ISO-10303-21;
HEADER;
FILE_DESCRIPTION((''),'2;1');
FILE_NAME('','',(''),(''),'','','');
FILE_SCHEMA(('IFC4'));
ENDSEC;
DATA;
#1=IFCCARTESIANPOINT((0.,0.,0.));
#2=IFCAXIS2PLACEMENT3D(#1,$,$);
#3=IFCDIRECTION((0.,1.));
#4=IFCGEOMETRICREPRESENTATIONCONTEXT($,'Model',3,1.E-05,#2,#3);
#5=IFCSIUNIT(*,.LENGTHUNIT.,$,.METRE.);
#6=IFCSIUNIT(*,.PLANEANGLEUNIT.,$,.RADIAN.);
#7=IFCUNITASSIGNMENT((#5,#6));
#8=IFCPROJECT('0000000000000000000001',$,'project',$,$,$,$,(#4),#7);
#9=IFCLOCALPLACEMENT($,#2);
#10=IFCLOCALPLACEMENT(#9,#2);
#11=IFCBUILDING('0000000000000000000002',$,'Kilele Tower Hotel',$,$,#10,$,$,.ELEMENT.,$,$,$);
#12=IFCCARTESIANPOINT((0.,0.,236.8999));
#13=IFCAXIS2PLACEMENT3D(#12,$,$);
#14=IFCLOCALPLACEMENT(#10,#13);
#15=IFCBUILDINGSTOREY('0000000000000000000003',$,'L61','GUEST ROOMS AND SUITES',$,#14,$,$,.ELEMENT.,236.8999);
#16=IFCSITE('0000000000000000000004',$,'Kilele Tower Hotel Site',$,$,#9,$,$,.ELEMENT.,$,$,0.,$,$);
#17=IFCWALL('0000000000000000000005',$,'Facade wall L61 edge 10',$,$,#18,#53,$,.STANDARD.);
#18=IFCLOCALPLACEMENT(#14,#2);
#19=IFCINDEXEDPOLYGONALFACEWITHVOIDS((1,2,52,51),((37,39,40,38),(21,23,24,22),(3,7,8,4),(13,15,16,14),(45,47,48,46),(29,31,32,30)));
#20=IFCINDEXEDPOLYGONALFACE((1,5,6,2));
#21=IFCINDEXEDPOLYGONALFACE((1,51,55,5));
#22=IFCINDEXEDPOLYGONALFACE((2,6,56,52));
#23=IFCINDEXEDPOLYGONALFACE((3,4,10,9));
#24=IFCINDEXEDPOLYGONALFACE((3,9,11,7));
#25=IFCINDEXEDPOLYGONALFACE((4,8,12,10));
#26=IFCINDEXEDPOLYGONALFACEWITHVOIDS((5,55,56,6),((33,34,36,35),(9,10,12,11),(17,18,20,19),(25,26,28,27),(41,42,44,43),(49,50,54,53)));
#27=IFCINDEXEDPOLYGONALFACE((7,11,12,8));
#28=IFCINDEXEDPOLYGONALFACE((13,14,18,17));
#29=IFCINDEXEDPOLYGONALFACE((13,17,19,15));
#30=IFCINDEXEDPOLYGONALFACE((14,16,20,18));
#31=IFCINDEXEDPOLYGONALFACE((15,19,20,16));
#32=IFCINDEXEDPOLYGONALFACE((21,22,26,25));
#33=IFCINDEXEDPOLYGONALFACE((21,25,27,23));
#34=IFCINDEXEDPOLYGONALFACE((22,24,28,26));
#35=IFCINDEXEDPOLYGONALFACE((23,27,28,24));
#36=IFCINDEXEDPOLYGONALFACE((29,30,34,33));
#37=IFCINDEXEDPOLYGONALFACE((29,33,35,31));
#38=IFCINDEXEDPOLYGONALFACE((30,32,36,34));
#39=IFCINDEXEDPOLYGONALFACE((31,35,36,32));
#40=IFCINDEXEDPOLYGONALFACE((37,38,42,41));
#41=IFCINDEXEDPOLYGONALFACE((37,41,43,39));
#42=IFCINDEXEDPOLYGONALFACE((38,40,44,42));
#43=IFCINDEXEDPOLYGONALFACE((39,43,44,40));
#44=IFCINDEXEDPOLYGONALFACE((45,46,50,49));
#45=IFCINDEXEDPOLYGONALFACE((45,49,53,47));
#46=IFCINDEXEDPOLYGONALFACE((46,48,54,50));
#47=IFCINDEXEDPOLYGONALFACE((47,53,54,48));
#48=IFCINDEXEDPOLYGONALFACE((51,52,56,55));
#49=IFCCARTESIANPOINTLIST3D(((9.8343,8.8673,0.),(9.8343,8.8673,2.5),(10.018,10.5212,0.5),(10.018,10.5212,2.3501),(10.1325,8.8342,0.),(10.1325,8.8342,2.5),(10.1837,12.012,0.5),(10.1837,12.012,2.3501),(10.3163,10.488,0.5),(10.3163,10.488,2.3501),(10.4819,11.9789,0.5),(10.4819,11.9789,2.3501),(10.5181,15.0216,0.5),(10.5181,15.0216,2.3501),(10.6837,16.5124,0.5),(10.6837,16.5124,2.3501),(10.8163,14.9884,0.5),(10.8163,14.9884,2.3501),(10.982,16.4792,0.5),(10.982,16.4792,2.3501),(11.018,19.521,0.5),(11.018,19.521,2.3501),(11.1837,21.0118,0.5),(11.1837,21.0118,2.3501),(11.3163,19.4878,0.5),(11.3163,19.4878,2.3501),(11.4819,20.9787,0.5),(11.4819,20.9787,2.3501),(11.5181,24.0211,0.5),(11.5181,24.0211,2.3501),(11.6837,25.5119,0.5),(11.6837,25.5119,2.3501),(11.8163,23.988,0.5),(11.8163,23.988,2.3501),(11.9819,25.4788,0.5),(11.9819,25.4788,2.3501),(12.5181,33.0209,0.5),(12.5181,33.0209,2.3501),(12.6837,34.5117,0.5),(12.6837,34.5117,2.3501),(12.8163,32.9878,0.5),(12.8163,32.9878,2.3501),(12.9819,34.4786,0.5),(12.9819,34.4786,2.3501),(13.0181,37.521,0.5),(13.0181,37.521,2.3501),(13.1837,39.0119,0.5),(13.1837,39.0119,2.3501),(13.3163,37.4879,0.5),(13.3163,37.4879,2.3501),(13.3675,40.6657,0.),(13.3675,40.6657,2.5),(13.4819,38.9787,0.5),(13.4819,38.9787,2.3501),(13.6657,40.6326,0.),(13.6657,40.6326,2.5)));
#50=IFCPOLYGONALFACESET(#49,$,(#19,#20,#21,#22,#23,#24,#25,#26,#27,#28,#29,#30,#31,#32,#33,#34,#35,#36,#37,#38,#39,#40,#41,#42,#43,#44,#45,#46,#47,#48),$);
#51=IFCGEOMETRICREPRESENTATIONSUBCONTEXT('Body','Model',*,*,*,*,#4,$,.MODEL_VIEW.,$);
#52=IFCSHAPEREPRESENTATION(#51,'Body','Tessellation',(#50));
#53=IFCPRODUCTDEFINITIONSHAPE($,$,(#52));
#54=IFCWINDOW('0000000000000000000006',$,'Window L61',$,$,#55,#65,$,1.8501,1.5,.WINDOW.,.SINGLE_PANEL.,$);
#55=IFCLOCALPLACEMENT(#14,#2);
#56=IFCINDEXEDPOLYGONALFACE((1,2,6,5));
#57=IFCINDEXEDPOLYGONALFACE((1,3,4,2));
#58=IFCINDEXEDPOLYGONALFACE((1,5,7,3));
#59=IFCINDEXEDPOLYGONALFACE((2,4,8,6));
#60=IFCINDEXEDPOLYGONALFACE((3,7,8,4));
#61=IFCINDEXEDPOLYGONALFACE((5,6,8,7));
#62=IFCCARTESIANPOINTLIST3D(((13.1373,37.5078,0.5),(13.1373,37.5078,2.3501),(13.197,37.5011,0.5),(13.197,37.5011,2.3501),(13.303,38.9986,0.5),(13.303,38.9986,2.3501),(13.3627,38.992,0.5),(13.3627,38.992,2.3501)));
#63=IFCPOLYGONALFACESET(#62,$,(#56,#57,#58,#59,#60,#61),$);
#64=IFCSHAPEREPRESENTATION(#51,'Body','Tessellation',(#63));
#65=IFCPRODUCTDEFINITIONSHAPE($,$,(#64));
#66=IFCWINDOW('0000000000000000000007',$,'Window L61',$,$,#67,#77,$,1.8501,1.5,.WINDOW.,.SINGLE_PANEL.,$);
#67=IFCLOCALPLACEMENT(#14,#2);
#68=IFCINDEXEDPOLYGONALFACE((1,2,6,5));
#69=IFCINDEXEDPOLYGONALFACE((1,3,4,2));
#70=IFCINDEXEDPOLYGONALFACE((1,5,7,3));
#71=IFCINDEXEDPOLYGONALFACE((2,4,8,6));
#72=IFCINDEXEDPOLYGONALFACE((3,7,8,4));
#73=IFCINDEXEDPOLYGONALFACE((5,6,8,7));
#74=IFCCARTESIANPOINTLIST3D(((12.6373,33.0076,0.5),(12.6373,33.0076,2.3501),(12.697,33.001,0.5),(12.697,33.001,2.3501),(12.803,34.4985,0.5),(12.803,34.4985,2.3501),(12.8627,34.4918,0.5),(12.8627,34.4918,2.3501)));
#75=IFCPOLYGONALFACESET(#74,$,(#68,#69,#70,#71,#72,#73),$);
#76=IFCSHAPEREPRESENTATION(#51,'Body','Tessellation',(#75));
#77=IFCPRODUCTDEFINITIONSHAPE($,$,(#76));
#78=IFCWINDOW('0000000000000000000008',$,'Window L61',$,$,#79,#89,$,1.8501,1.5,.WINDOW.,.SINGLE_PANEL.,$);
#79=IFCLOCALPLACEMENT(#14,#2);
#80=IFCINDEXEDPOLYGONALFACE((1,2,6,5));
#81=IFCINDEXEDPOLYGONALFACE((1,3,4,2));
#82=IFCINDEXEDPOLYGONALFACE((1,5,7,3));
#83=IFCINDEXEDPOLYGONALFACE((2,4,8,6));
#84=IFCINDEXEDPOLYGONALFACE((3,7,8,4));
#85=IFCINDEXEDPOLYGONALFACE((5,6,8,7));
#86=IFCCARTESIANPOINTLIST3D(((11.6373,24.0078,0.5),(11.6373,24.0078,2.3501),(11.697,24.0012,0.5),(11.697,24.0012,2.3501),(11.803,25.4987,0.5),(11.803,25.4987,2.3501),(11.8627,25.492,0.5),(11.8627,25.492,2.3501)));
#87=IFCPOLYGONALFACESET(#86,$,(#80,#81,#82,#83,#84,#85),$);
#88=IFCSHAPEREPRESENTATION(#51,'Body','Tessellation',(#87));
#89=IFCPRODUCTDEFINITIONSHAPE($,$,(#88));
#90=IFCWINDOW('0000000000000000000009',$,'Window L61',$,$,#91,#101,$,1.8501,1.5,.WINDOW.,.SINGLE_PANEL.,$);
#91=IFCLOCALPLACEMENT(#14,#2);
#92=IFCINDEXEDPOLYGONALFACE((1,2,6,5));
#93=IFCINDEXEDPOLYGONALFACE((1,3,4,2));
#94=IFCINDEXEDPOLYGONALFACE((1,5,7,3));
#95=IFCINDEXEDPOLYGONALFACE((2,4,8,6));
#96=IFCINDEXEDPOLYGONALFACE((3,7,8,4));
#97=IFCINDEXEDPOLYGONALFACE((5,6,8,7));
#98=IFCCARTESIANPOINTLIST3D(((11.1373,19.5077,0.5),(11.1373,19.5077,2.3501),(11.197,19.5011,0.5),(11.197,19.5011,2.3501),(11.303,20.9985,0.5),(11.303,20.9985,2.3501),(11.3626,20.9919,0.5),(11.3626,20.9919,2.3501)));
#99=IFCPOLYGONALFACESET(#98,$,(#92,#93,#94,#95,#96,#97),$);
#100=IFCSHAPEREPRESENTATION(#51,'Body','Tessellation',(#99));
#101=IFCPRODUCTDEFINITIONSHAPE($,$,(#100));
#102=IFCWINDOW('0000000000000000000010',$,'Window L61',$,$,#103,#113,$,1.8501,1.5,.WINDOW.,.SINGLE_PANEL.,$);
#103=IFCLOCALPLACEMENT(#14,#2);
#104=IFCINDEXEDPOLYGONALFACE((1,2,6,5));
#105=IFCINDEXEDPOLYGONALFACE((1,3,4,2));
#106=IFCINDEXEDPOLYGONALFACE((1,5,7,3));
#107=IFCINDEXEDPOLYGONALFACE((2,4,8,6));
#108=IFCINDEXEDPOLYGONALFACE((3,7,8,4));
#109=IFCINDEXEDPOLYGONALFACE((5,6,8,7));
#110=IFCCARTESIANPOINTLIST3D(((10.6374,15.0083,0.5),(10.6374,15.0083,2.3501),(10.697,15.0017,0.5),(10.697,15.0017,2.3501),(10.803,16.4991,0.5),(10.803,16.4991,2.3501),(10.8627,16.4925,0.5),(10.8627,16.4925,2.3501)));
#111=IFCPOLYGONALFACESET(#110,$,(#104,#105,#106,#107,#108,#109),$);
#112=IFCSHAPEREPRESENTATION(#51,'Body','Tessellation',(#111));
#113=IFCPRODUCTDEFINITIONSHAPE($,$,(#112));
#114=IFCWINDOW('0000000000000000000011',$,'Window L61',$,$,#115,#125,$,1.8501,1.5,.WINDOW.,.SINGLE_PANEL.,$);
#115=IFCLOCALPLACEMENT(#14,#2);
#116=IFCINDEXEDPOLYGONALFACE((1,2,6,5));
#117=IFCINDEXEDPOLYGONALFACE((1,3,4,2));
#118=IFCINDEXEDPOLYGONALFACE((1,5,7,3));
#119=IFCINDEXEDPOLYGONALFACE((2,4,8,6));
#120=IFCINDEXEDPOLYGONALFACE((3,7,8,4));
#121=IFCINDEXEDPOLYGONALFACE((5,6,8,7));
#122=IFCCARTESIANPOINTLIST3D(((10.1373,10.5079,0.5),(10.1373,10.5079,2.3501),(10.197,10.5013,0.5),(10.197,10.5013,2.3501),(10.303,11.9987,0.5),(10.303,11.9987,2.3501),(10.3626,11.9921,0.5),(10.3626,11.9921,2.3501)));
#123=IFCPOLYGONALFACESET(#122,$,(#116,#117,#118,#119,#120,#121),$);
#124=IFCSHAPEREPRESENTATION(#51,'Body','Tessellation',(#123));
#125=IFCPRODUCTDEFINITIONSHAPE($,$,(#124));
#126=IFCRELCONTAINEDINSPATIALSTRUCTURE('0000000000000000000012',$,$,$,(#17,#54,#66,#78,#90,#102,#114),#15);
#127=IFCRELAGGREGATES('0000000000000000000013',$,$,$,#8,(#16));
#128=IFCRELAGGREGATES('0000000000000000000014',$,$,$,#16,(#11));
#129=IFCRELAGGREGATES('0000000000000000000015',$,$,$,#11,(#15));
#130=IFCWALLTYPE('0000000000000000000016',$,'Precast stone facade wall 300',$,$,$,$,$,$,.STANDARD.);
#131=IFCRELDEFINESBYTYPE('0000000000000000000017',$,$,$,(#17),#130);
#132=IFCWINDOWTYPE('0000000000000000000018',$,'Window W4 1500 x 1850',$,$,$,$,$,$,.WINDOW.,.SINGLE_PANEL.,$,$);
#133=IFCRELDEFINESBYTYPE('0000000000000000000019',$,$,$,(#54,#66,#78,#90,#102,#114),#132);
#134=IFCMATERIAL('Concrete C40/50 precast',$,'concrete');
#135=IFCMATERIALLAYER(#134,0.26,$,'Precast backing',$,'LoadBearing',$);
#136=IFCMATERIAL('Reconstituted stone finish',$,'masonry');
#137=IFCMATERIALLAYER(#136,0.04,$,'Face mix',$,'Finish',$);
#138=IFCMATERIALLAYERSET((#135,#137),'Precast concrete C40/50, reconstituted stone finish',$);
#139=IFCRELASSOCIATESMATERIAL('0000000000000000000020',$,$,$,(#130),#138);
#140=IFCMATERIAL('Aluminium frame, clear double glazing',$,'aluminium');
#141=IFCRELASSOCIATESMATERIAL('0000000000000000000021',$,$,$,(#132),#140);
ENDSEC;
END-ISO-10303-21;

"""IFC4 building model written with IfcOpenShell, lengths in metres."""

from ifc_helpers import new_model, si_unit, direction, frame, frame_2d, origin, place, context, subcontext, project, spatial, rectangle, extrude, material, layer, layer_set, type_object, element, fill, save


model = new_model("IFC4")

# Units and contexts
model_context = context("Model", 3, precision=1e-05, world=origin(), true_north=direction((0.0, 1.0)))
body_context = subcontext(model_context, "Body", "Model", "MODEL_VIEW")
ifc_project = project(units=[si_unit("LENGTHUNIT", "METRE"), si_unit("PLANEANGLEUNIT", "RADIAN")], contexts=[model_context])

# Site, building, storey
site_placement = place(None, origin())
site = spatial("IfcSite", under=ifc_project, at=site_placement, Name="Kilele Tower Hotel Site", CompositionType="ELEMENT", RefElevation=0.0)
building_placement = place(site_placement, origin())
building = spatial("IfcBuilding", under=site, at=building_placement, Name="Kilele Tower Hotel", CompositionType="ELEMENT")
storey_placement = place(building_placement, frame((0.0, 0.0, 236.8999)))
storey = spatial("IfcBuildingStorey", under=building, at=storey_placement, Name="L61", Description="GUEST ROOMS AND SUITES", CompositionType="ELEMENT", Elevation=236.8999)

# Wall, openings, windows
ifc_material_1 = material(Name="Concrete C40/50 precast", Category="concrete")
ifc_layer_1 = layer(ifc_material_1, 0.26, Name="Precast backing", Category="LoadBearing")
ifc_material_2 = material(Name="Reconstituted stone finish", Category="masonry")
ifc_layer_2 = layer(ifc_material_2, 0.04, Name="Face mix", Category="Finish")
ifc_layer_set_1 = layer_set([ifc_layer_1, ifc_layer_2], Name="Precast concrete C40/50, reconstituted stone finish")
wall_type_1 = type_object("IfcWallType", Name="Precast stone facade wall 300", PredefinedType="STANDARD", material=ifc_layer_set_1)
wall_1_placement = place(storey_placement, frame((13.5166, 40.6492, 0.0), z_axis=(0.0, 0.0, 1.0), x_axis=(-0.110433, -0.993884, 0.0)))
wall_1 = element("IfcWall", 1, at=wall_1_placement, inside=storey, type_object=wall_type_1, Name="Facade wall L61 edge 10", PredefinedType="STANDARD", context=body_context, shape_type="SweptSolid", body=[
    extrude(rectangle(XDim=31.9941, YDim=0.3, at=frame_2d((15.9971, 0.0))), origin(), (0.0, 0.0, 1.0), 2.5),
])
opening_1_placement = place(wall_1_placement, frame((1.6641, 0.0, 0.5)))
opening_1 = element("IfcOpeningElement", 2, at=opening_1_placement, cuts=wall_1, PredefinedType="OPENING", context=body_context, shape_type="SweptSolid", body=[
    extrude(rectangle(XDim=1.5, YDim=1.8501, at=frame_2d((0.75, 0.925))), frame((0.0, 0.1599, 0.0), z_axis=(0.0, -1.0, 0.0), x_axis=(1.0, 0.0, 0.0)), (0.0, 0.0, 1.0), 0.3201),
])
opening_2_placement = place(wall_1_placement, frame((6.1919, 0.0, 0.5)))
opening_2 = element("IfcOpeningElement", 3, at=opening_2_placement, cuts=wall_1, PredefinedType="OPENING", context=body_context, shape_type="SweptSolid", body=[
    extrude(rectangle(XDim=1.5, YDim=1.8501, at=frame_2d((0.75, 0.925))), frame((0.0, 0.1599, 0.0), z_axis=(0.0, -1.0, 0.0), x_axis=(1.0, 0.0, 0.0)), (0.0, 0.0, 1.0), 0.3201),
])
opening_3_placement = place(wall_1_placement, frame((15.2471, 0.0, 0.5)))
opening_3 = element("IfcOpeningElement", 4, at=opening_3_placement, cuts=wall_1, PredefinedType="OPENING", context=body_context, shape_type="SweptSolid", body=[
    extrude(rectangle(XDim=1.5, YDim=1.8501, at=frame_2d((0.75, 0.925))), frame((0.0, 0.1599, 0.0), z_axis=(0.0, -1.0, 0.0), x_axis=(1.0, 0.0, 0.0)), (0.0, 0.0, 1.0), 0.3201),
])
opening_4_placement = place(wall_1_placement, frame((19.7749, 0.0, 0.5)))
opening_4 = element("IfcOpeningElement", 5, at=opening_4_placement, cuts=wall_1, PredefinedType="OPENING", context=body_context, shape_type="SweptSolid", body=[
    extrude(rectangle(XDim=1.5, YDim=1.8501, at=frame_2d((0.75, 0.925))), frame((0.0, 0.1599, 0.0), z_axis=(0.0, -1.0, 0.0), x_axis=(1.0, 0.0, 0.0)), (0.0, 0.0, 1.0), 0.3201),
])
opening_5_placement = place(wall_1_placement, frame((24.302, 0.0, 0.5)))
opening_5 = element("IfcOpeningElement", 6, at=opening_5_placement, cuts=wall_1, PredefinedType="OPENING", context=body_context, shape_type="SweptSolid", body=[
    extrude(rectangle(XDim=1.5, YDim=1.8501, at=frame_2d((0.75, 0.925))), frame((0.0, 0.1599, 0.0), z_axis=(0.0, -1.0, 0.0), x_axis=(1.0, 0.0, 0.0)), (0.0, 0.0, 1.0), 0.3201),
])
opening_6_placement = place(wall_1_placement, frame((28.8301, 0.0, 0.5)))
opening_6 = element("IfcOpeningElement", 7, at=opening_6_placement, cuts=wall_1, PredefinedType="OPENING", context=body_context, shape_type="SweptSolid", body=[
    extrude(rectangle(XDim=1.5, YDim=1.8501, at=frame_2d((0.75, 0.925))), frame((0.0, 0.1599, 0.0), z_axis=(0.0, -1.0, 0.0), x_axis=(1.0, 0.0, 0.0)), (0.0, 0.0, 1.0), 0.3201),
])
ifc_material_3 = material(Name="Aluminium frame, clear double glazing", Category="aluminium")
window_type = type_object("IfcWindowType", Name="Window W4 1500 x 1850", PartitioningType="SINGLE_PANEL", PredefinedType="WINDOW", material=ifc_material_3)
window_1_placement = place(opening_1_placement, origin())
window_1 = element("IfcWindow", 8, at=window_1_placement, inside=storey, type_object=window_type, Name="Window L61", OverallHeight=1.8501, OverallWidth=1.5, PartitioningType="SINGLE_PANEL", PredefinedType="WINDOW", context=body_context, shape_type="SweptSolid", body=[
    extrude(rectangle(XDim=1.5, YDim=1.8501, at=frame_2d((0.75, 0.925))), frame((0.0, 0.03, 0.0), z_axis=(0.0, -1.0, 0.0), x_axis=(1.0, 0.0, 0.0)), (0.0, 0.0, 1.0), 0.0601),
])
fill(opening_1, window_1)
window_2_placement = place(opening_2_placement, origin())
window_2 = element("IfcWindow", 9, at=window_2_placement, inside=storey, type_object=window_type, Name="Window L61", OverallHeight=1.8501, OverallWidth=1.5, PartitioningType="SINGLE_PANEL", PredefinedType="WINDOW", context=body_context, shape_type="SweptSolid", body=[
    extrude(rectangle(XDim=1.5, YDim=1.8501, at=frame_2d((0.75, 0.925))), frame((0.0, 0.03, 0.0), z_axis=(0.0, -1.0, 0.0), x_axis=(1.0, 0.0, 0.0)), (0.0, 0.0, 1.0), 0.0601),
])
fill(opening_2, window_2)
window_3_placement = place(opening_3_placement, origin())
window_3 = element("IfcWindow", 10, at=window_3_placement, inside=storey, type_object=window_type, Name="Window L61", OverallHeight=1.8501, OverallWidth=1.5, PartitioningType="SINGLE_PANEL", PredefinedType="WINDOW", context=body_context, shape_type="SweptSolid", body=[
    extrude(rectangle(XDim=1.5, YDim=1.8501, at=frame_2d((0.75, 0.925))), frame((0.0, 0.03, 0.0), z_axis=(0.0, -1.0, 0.0), x_axis=(1.0, 0.0, 0.0)), (0.0, 0.0, 1.0), 0.0601),
])
fill(opening_3, window_3)
window_4_placement = place(opening_4_placement, origin())
window_4 = element("IfcWindow", 11, at=window_4_placement, inside=storey, type_object=window_type, Name="Window L61", OverallHeight=1.8501, OverallWidth=1.5, PartitioningType="SINGLE_PANEL", PredefinedType="WINDOW", context=body_context, shape_type="SweptSolid", body=[
    extrude(rectangle(XDim=1.5, YDim=1.8501, at=frame_2d((0.75, 0.925))), frame((0.0, 0.03, 0.0), z_axis=(0.0, -1.0, 0.0), x_axis=(1.0, 0.0, 0.0)), (0.0, 0.0, 1.0), 0.0601),
])
fill(opening_4, window_4)
window_5_placement = place(opening_5_placement, origin())
window_5 = element("IfcWindow", 12, at=window_5_placement, inside=storey, type_object=window_type, Name="Window L61", OverallHeight=1.8501, OverallWidth=1.5, PartitioningType="SINGLE_PANEL", PredefinedType="WINDOW", context=body_context, shape_type="SweptSolid", body=[
    extrude(rectangle(XDim=1.5, YDim=1.8501, at=frame_2d((0.75, 0.925))), frame((0.0, 0.03, 0.0), z_axis=(0.0, -1.0, 0.0), x_axis=(1.0, 0.0, 0.0)), (0.0, 0.0, 1.0), 0.0601),
])
fill(opening_5, window_5)
window_6_placement = place(opening_6_placement, origin())
window_6 = element("IfcWindow", 13, at=window_6_placement, inside=storey, type_object=window_type, Name="Window L61", OverallHeight=1.8501, OverallWidth=1.5, PartitioningType="SINGLE_PANEL", PredefinedType="WINDOW", context=body_context, shape_type="SweptSolid", body=[
    extrude(rectangle(XDim=1.5, YDim=1.8501, at=frame_2d((0.75, 0.925))), frame((0.0, 0.03, 0.0), z_axis=(0.0, -1.0, 0.0), x_axis=(1.0, 0.0, 0.0)), (0.0, 0.0, 1.0), 0.0601),
])
fill(opening_6, window_6)

save(model, "model.ifc")
